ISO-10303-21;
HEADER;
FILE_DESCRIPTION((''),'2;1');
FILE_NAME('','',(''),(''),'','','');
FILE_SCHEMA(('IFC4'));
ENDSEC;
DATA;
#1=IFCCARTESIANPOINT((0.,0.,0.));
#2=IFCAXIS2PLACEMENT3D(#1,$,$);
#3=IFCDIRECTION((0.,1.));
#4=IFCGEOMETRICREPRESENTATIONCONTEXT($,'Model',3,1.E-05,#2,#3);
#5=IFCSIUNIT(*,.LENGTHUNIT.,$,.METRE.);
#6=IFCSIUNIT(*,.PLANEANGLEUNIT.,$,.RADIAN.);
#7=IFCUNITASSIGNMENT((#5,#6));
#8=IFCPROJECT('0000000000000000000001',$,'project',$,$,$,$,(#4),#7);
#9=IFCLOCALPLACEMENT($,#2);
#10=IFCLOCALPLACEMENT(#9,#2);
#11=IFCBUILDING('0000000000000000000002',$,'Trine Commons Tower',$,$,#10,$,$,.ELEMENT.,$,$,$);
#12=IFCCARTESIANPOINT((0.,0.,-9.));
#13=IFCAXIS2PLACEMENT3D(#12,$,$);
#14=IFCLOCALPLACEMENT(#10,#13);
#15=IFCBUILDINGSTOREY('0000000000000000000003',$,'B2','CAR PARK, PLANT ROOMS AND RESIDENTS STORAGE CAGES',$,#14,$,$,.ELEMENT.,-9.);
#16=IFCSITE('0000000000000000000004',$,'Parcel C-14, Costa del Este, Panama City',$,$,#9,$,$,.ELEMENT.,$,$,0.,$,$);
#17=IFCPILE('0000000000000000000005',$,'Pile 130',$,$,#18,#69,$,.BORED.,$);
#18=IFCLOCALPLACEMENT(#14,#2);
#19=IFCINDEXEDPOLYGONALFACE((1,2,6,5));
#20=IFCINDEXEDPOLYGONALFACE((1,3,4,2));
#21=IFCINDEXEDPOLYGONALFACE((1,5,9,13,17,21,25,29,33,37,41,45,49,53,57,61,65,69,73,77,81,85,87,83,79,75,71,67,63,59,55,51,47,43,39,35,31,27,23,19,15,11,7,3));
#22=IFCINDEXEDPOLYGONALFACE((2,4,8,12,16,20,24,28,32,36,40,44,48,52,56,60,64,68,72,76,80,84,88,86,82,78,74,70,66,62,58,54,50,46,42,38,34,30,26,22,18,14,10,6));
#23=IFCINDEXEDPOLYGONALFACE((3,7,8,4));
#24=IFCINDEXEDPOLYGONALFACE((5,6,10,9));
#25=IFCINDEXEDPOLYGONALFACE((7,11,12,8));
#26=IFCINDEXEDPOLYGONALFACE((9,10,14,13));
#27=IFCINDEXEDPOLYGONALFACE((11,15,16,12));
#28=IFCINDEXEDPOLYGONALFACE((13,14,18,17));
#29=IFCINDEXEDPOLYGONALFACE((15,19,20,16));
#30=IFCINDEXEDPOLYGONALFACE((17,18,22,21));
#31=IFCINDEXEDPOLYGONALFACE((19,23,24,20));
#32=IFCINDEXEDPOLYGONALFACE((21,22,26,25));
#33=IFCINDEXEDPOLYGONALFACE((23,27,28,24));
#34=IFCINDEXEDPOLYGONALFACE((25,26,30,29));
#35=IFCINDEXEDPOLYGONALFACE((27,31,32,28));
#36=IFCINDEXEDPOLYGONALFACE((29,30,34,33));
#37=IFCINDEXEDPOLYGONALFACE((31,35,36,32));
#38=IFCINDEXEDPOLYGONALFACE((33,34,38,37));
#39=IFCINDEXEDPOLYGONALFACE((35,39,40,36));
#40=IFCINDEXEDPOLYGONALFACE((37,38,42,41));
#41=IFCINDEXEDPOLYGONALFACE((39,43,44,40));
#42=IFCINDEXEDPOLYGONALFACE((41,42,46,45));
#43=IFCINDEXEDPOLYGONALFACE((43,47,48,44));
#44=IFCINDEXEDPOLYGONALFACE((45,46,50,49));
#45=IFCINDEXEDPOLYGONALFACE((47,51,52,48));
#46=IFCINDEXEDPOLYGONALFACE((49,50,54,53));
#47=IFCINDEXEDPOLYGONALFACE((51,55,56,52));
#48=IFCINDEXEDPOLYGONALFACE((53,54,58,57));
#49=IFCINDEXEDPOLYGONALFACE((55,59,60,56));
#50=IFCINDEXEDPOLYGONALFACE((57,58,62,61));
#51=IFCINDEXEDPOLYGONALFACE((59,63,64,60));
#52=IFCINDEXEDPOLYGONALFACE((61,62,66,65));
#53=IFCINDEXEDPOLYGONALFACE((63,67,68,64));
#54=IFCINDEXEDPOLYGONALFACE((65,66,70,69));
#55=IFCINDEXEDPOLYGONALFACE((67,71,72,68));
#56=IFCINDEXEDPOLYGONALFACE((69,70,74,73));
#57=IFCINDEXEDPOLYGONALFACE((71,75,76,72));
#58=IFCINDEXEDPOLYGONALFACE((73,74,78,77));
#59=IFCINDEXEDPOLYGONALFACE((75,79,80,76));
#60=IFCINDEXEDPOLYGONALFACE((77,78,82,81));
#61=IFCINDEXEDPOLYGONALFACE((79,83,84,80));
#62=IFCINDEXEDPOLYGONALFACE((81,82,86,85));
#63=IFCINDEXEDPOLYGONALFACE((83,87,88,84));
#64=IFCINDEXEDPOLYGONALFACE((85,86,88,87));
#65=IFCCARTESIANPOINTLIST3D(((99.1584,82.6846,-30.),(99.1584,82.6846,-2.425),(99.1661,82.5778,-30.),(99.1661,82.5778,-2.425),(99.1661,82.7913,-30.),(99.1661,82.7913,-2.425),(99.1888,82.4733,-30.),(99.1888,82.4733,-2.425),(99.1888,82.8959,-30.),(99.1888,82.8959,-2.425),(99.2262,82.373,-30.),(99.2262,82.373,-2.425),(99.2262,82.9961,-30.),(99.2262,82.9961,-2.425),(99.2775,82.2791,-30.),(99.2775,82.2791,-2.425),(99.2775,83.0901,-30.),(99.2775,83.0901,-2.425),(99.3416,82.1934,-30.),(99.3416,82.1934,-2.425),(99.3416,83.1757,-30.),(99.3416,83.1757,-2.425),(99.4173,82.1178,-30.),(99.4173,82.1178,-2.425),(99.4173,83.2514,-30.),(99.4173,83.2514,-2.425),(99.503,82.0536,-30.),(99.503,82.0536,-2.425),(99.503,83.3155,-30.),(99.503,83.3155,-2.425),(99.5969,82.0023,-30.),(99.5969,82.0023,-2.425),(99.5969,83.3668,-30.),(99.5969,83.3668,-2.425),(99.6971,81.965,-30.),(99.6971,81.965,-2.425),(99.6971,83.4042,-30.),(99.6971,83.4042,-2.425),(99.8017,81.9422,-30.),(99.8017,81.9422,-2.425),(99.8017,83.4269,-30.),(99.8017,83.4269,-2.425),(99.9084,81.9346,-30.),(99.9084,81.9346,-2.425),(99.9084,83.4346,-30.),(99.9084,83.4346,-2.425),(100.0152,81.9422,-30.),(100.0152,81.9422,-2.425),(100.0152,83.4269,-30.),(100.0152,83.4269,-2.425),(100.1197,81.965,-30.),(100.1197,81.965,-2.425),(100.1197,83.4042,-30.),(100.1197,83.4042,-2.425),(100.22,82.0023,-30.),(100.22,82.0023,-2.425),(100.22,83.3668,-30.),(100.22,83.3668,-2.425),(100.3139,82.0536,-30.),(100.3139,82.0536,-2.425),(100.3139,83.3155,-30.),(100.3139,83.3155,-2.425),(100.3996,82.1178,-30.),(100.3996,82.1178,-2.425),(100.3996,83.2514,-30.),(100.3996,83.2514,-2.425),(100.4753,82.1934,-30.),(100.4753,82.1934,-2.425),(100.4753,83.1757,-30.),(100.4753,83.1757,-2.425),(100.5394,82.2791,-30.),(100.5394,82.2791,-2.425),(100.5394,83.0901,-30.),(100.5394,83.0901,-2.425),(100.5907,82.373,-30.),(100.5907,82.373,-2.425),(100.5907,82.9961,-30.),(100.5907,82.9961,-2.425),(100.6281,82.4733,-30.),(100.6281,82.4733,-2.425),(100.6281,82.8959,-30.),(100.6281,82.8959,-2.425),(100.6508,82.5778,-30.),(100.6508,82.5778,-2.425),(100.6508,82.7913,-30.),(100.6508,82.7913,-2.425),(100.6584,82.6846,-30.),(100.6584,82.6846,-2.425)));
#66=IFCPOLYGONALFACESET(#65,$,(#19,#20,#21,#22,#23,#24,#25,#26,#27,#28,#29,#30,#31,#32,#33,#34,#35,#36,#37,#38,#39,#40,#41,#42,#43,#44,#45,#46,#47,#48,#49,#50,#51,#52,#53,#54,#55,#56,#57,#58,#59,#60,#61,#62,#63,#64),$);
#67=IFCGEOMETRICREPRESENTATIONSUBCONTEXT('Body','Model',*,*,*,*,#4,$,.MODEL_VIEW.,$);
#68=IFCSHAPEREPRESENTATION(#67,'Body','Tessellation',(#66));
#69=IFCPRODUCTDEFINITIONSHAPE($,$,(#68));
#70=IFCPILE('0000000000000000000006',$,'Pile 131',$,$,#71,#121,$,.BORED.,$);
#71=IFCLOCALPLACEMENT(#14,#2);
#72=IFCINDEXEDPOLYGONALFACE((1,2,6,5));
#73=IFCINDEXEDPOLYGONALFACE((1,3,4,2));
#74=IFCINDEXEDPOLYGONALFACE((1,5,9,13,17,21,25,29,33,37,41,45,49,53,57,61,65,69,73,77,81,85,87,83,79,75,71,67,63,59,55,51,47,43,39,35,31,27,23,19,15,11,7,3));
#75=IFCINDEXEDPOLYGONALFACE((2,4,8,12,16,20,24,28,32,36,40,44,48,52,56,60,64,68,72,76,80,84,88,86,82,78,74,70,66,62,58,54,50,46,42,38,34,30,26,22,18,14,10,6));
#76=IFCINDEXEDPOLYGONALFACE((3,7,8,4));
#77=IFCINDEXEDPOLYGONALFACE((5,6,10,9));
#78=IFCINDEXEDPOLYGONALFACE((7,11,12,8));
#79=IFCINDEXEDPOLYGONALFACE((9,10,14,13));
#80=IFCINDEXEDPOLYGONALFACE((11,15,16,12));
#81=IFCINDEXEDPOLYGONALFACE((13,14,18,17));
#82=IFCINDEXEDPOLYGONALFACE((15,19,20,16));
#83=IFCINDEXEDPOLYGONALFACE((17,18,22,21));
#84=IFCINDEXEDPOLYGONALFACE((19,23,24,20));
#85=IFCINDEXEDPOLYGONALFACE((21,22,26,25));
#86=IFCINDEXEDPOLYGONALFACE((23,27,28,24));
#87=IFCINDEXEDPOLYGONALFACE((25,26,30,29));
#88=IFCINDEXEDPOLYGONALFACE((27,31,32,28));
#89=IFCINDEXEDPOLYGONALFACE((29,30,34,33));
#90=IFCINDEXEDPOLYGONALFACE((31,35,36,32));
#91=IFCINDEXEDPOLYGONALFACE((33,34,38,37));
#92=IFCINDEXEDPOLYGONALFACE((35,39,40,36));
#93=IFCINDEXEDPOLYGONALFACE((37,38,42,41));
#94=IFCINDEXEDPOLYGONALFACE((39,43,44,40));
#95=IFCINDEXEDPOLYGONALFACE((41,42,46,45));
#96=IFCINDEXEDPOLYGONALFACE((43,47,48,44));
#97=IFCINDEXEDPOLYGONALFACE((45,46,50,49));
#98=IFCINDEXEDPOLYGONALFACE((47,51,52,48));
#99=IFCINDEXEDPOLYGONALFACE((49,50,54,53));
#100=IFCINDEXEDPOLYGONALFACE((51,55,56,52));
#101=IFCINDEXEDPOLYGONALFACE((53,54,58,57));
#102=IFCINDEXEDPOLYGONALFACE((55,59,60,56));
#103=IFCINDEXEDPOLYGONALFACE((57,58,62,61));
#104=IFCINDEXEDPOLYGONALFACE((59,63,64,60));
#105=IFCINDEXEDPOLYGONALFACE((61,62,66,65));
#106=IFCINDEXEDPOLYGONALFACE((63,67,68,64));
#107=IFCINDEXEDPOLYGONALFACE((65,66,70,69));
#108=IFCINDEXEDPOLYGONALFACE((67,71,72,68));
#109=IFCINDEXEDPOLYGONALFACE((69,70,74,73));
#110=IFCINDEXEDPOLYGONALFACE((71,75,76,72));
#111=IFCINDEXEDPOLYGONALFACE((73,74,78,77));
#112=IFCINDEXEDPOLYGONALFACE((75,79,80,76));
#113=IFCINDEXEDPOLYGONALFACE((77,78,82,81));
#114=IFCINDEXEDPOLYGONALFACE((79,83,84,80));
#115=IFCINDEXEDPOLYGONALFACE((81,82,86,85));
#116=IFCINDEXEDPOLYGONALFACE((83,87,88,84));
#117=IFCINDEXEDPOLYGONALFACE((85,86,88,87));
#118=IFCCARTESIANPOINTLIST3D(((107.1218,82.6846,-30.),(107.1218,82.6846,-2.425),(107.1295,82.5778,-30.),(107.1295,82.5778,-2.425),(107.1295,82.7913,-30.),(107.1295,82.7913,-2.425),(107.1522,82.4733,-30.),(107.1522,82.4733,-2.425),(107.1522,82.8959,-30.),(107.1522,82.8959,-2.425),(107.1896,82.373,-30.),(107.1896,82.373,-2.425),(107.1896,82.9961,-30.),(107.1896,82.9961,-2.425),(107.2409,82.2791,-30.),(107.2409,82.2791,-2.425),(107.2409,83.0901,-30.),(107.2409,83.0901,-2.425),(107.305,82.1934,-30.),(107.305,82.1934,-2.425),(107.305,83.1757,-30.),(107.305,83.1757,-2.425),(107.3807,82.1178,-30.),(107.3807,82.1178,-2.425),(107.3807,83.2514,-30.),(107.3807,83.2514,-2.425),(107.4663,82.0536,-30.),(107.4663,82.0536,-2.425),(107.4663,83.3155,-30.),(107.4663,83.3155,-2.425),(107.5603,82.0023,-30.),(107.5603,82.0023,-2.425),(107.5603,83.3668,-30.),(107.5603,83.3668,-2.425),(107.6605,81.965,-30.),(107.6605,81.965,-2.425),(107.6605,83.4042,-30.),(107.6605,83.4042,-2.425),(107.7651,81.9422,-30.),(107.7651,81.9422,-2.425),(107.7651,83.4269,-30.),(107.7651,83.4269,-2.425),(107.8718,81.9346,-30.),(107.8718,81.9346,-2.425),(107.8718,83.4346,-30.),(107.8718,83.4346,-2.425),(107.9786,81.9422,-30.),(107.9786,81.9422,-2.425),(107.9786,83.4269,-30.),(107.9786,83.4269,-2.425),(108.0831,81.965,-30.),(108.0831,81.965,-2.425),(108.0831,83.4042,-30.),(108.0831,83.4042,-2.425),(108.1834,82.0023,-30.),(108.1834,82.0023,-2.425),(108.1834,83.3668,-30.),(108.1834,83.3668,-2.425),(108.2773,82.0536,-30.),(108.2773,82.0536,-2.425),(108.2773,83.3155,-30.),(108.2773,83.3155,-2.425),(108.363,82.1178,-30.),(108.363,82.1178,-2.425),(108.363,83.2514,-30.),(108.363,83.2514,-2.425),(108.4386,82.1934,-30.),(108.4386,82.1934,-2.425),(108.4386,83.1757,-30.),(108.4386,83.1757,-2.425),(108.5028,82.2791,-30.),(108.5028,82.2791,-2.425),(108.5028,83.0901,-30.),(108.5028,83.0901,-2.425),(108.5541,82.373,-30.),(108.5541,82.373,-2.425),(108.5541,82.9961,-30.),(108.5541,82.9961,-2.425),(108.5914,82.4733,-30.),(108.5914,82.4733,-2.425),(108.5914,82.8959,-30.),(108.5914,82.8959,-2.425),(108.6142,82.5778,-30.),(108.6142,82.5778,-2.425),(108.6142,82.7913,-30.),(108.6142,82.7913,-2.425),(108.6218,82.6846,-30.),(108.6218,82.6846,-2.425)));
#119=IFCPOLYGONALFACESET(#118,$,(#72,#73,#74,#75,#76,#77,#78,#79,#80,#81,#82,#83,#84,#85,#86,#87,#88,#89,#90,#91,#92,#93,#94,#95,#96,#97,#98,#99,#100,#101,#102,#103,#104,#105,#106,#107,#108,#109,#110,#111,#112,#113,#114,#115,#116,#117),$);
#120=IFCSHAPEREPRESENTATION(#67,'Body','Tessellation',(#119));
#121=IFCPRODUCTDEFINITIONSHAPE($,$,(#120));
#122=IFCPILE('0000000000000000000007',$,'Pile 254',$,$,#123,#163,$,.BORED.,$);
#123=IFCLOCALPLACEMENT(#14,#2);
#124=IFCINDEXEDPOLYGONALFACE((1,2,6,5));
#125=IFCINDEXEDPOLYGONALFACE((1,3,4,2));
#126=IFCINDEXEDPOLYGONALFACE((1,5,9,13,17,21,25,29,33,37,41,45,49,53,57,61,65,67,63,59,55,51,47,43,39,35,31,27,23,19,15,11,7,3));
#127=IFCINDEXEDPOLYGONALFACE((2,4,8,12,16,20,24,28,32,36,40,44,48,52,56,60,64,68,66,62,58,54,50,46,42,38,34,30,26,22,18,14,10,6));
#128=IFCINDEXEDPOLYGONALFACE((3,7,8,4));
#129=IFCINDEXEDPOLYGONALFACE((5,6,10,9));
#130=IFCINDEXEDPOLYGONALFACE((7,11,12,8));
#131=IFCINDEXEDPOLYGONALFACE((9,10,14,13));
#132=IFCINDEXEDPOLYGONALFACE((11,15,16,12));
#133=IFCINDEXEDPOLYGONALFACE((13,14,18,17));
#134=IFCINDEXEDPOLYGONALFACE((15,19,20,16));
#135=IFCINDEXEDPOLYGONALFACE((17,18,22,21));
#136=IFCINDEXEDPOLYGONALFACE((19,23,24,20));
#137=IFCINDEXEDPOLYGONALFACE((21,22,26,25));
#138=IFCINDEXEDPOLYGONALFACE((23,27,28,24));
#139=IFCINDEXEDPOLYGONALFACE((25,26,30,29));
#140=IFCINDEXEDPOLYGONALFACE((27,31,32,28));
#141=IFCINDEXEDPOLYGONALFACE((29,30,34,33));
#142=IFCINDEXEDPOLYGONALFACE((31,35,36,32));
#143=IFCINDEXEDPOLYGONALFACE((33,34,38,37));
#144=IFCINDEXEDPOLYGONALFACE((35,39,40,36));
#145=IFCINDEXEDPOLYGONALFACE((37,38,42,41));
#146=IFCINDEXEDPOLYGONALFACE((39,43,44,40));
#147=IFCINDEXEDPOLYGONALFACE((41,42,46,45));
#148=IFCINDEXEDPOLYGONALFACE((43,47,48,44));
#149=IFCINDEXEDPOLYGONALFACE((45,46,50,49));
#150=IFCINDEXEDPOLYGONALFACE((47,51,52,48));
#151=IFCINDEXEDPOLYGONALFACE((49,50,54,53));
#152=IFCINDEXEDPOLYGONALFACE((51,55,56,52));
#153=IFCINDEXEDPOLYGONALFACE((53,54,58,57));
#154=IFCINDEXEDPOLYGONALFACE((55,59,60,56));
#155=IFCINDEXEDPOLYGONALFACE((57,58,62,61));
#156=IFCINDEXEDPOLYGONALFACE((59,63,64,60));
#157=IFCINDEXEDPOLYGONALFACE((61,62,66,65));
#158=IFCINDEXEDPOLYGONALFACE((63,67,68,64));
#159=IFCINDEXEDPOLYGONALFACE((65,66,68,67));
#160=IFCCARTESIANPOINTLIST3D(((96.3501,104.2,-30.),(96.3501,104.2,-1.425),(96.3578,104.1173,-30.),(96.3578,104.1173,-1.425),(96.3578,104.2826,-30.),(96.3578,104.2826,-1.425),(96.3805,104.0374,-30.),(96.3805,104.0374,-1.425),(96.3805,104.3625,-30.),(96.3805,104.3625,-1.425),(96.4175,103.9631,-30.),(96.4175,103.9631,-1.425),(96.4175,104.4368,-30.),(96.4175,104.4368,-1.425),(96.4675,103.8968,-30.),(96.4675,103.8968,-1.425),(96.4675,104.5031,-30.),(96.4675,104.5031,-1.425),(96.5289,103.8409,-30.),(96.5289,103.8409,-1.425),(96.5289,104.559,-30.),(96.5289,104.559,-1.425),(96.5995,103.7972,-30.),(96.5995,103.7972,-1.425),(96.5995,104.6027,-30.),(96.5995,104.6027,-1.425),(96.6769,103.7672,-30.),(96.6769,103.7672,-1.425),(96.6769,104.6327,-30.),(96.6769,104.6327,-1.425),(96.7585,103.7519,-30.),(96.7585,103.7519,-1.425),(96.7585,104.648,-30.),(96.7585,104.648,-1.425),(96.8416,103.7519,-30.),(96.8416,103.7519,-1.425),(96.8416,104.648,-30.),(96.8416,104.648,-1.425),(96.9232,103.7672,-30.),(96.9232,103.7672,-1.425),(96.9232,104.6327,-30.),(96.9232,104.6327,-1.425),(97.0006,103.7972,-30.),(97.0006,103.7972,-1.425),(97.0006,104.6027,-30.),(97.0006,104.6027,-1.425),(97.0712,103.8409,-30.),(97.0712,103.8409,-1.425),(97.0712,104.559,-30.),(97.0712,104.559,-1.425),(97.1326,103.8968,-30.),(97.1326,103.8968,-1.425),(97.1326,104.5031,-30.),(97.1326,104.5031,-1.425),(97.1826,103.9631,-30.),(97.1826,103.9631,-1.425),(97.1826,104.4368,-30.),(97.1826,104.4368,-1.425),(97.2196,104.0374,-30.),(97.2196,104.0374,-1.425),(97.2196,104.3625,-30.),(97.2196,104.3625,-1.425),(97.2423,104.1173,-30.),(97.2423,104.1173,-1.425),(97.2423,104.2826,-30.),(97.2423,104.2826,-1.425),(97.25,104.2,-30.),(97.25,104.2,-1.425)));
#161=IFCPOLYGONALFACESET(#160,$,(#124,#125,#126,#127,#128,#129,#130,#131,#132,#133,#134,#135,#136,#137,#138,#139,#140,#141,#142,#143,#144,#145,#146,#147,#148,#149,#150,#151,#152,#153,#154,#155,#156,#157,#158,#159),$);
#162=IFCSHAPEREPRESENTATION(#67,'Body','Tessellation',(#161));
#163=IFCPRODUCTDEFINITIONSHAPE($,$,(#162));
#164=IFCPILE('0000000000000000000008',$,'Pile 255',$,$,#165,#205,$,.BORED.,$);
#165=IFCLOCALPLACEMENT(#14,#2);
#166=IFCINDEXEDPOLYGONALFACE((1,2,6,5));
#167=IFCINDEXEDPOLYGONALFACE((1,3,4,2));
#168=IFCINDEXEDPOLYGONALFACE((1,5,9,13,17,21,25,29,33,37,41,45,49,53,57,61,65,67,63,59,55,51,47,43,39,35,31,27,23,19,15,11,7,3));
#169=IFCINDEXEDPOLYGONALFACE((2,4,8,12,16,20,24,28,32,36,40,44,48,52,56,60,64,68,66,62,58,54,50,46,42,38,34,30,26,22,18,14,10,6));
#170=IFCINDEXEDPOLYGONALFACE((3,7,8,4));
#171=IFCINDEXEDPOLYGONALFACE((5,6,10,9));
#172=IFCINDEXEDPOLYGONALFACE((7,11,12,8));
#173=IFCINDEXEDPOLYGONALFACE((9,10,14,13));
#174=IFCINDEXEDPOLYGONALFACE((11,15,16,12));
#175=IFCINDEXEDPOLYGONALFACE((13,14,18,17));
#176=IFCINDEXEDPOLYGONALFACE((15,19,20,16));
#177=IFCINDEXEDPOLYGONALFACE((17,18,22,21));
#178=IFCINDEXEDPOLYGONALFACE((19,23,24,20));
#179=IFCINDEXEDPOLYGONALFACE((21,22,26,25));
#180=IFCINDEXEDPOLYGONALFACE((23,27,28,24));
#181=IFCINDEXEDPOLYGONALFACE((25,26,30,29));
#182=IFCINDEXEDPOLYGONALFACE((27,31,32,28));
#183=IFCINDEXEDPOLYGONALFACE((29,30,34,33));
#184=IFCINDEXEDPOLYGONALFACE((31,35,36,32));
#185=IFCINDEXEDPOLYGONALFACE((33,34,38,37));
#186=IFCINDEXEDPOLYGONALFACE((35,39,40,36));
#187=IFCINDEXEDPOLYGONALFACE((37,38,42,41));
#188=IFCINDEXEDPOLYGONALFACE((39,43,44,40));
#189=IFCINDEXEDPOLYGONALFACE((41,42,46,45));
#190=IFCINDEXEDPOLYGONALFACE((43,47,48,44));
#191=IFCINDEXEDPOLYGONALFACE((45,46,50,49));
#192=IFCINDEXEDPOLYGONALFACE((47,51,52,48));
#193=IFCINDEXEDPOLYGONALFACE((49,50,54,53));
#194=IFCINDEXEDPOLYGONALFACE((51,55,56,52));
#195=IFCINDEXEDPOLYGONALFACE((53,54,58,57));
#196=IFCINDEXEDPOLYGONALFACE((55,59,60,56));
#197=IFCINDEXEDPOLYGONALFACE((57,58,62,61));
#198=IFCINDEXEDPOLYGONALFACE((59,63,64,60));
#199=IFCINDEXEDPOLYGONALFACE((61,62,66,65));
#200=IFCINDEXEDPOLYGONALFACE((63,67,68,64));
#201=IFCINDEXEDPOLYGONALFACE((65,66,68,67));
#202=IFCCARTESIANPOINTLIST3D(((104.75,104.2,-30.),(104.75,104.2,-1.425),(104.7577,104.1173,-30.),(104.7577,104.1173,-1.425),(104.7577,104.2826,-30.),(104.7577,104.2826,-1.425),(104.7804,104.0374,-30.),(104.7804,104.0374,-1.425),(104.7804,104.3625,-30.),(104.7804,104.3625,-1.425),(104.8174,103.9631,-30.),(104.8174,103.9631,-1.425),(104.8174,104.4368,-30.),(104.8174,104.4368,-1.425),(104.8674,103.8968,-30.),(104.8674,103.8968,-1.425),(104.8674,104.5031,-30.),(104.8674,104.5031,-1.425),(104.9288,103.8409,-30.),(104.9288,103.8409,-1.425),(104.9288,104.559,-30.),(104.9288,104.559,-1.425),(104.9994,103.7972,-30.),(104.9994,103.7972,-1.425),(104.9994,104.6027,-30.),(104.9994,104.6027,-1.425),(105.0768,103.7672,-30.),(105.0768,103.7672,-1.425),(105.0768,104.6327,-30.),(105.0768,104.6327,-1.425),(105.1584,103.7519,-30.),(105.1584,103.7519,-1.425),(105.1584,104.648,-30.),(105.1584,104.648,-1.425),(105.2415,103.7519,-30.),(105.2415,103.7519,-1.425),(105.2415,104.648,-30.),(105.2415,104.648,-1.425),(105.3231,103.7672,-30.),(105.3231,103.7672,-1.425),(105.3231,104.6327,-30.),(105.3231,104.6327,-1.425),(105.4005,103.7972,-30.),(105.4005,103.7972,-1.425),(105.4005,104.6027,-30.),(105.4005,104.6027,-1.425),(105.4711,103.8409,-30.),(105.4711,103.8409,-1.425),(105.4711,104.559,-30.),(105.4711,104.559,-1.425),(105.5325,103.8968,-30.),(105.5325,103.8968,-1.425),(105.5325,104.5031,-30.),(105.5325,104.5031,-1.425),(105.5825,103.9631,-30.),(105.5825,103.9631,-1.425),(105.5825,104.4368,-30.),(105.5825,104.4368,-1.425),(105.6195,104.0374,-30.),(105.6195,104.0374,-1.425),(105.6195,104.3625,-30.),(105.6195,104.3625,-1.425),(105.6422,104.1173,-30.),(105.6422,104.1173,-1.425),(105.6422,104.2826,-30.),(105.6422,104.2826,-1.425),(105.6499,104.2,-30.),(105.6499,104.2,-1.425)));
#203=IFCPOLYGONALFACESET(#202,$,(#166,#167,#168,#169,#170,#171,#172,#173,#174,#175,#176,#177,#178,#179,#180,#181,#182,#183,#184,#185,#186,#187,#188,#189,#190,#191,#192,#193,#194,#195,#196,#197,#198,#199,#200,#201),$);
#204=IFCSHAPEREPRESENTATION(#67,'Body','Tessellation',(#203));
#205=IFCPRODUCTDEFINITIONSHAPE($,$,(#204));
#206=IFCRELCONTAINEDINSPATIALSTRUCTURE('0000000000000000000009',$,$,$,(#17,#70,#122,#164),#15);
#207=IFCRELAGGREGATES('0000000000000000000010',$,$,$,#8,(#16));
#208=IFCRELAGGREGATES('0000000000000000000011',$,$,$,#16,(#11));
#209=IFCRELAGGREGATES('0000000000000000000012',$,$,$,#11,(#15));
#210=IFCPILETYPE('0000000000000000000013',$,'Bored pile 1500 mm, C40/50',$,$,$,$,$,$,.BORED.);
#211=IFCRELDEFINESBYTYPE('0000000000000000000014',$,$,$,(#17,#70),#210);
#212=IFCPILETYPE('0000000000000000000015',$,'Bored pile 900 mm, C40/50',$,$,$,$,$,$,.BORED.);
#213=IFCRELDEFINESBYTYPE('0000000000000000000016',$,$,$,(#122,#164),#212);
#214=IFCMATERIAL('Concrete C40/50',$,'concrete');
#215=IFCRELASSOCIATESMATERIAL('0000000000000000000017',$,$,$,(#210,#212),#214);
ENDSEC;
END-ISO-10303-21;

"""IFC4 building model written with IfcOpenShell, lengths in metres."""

from ifc_helpers import new_model, si_unit, direction, frame, origin, origin_2d, place, context, subcontext, project, spatial, circle, extrude, material, type_object, element, save


model = new_model("IFC4")

# Units and contexts
model_context = context("Model", 3, precision=1e-05, world=origin(), true_north=direction((0.0, 1.0)))
body_context = subcontext(model_context, "Body", "Model", "MODEL_VIEW")
ifc_project = project(units=[si_unit("LENGTHUNIT", "METRE"), si_unit("PLANEANGLEUNIT", "RADIAN")], contexts=[model_context])

# Site, building, storey
site_placement = place(None, origin())
site = spatial("IfcSite", under=ifc_project, at=site_placement, Name="Parcel C-14, Costa del Este, Panama City", CompositionType="ELEMENT", RefElevation=0.0)
building_placement = place(site_placement, origin())
building = spatial("IfcBuilding", under=site, at=building_placement, Name="Trine Commons Tower", CompositionType="ELEMENT")
storey_placement = place(building_placement, frame((0.0, 0.0, -9.0)))
storey = spatial("IfcBuildingStorey", under=building, at=storey_placement, Name="B2", Description="CAR PARK, PLANT ROOMS AND RESIDENTS STORAGE CAGES", CompositionType="ELEMENT", Elevation=-9.0)

# Piles
ifc_material_1 = material(Name="Concrete C40/50", Category="concrete")
pile_type_1 = type_object("IfcPileType", Name="Bored pile 1500 mm, C40/50", PredefinedType="BORED", material=ifc_material_1)
for number, where, z_axis, x_axis, name in (
    (1, (99.9084, 82.6846, -2.425), (0.0, 0.0, -1.0), (1.0, 0.0, 0.0), "Pile 130"),
    (2, (107.8718, 82.6846, -2.425), (0.0, 0.0, -1.0), (1.0, 0.0, 0.0), "Pile 131"),
):
    element("IfcPile", number, at=place(storey_placement, frame(where, z_axis=z_axis, x_axis=x_axis)), inside=storey, type_object=pile_type_1, Name=name, PredefinedType="BORED", context=body_context, shape_type="SweptSolid", body=[
        extrude(circle(Radius=0.75, at=origin_2d()), origin(), (0.0, 0.0, 1.0), 27.575),
    ])
pile_type_2 = type_object("IfcPileType", Name="Bored pile 900 mm, C40/50", PredefinedType="BORED", material=ifc_material_1)
for number, where, z_axis, x_axis, name in (
    (3, (96.8, 104.2, -1.425), (0.0, 0.0, -1.0), (1.0, 0.0, 0.0), "Pile 254"),
    (4, (105.2, 104.2, -1.425), (0.0, 0.0, -1.0), (1.0, 0.0, 0.0), "Pile 255"),
):
    element("IfcPile", number, at=place(storey_placement, frame(where, z_axis=z_axis, x_axis=x_axis)), inside=storey, type_object=pile_type_2, Name=name, PredefinedType="BORED", context=body_context, shape_type="SweptSolid", body=[
        extrude(circle(Radius=0.45, at=origin_2d()), origin(), (0.0, 0.0, 1.0), 28.575),
    ])

save(model, "model.ifc")
